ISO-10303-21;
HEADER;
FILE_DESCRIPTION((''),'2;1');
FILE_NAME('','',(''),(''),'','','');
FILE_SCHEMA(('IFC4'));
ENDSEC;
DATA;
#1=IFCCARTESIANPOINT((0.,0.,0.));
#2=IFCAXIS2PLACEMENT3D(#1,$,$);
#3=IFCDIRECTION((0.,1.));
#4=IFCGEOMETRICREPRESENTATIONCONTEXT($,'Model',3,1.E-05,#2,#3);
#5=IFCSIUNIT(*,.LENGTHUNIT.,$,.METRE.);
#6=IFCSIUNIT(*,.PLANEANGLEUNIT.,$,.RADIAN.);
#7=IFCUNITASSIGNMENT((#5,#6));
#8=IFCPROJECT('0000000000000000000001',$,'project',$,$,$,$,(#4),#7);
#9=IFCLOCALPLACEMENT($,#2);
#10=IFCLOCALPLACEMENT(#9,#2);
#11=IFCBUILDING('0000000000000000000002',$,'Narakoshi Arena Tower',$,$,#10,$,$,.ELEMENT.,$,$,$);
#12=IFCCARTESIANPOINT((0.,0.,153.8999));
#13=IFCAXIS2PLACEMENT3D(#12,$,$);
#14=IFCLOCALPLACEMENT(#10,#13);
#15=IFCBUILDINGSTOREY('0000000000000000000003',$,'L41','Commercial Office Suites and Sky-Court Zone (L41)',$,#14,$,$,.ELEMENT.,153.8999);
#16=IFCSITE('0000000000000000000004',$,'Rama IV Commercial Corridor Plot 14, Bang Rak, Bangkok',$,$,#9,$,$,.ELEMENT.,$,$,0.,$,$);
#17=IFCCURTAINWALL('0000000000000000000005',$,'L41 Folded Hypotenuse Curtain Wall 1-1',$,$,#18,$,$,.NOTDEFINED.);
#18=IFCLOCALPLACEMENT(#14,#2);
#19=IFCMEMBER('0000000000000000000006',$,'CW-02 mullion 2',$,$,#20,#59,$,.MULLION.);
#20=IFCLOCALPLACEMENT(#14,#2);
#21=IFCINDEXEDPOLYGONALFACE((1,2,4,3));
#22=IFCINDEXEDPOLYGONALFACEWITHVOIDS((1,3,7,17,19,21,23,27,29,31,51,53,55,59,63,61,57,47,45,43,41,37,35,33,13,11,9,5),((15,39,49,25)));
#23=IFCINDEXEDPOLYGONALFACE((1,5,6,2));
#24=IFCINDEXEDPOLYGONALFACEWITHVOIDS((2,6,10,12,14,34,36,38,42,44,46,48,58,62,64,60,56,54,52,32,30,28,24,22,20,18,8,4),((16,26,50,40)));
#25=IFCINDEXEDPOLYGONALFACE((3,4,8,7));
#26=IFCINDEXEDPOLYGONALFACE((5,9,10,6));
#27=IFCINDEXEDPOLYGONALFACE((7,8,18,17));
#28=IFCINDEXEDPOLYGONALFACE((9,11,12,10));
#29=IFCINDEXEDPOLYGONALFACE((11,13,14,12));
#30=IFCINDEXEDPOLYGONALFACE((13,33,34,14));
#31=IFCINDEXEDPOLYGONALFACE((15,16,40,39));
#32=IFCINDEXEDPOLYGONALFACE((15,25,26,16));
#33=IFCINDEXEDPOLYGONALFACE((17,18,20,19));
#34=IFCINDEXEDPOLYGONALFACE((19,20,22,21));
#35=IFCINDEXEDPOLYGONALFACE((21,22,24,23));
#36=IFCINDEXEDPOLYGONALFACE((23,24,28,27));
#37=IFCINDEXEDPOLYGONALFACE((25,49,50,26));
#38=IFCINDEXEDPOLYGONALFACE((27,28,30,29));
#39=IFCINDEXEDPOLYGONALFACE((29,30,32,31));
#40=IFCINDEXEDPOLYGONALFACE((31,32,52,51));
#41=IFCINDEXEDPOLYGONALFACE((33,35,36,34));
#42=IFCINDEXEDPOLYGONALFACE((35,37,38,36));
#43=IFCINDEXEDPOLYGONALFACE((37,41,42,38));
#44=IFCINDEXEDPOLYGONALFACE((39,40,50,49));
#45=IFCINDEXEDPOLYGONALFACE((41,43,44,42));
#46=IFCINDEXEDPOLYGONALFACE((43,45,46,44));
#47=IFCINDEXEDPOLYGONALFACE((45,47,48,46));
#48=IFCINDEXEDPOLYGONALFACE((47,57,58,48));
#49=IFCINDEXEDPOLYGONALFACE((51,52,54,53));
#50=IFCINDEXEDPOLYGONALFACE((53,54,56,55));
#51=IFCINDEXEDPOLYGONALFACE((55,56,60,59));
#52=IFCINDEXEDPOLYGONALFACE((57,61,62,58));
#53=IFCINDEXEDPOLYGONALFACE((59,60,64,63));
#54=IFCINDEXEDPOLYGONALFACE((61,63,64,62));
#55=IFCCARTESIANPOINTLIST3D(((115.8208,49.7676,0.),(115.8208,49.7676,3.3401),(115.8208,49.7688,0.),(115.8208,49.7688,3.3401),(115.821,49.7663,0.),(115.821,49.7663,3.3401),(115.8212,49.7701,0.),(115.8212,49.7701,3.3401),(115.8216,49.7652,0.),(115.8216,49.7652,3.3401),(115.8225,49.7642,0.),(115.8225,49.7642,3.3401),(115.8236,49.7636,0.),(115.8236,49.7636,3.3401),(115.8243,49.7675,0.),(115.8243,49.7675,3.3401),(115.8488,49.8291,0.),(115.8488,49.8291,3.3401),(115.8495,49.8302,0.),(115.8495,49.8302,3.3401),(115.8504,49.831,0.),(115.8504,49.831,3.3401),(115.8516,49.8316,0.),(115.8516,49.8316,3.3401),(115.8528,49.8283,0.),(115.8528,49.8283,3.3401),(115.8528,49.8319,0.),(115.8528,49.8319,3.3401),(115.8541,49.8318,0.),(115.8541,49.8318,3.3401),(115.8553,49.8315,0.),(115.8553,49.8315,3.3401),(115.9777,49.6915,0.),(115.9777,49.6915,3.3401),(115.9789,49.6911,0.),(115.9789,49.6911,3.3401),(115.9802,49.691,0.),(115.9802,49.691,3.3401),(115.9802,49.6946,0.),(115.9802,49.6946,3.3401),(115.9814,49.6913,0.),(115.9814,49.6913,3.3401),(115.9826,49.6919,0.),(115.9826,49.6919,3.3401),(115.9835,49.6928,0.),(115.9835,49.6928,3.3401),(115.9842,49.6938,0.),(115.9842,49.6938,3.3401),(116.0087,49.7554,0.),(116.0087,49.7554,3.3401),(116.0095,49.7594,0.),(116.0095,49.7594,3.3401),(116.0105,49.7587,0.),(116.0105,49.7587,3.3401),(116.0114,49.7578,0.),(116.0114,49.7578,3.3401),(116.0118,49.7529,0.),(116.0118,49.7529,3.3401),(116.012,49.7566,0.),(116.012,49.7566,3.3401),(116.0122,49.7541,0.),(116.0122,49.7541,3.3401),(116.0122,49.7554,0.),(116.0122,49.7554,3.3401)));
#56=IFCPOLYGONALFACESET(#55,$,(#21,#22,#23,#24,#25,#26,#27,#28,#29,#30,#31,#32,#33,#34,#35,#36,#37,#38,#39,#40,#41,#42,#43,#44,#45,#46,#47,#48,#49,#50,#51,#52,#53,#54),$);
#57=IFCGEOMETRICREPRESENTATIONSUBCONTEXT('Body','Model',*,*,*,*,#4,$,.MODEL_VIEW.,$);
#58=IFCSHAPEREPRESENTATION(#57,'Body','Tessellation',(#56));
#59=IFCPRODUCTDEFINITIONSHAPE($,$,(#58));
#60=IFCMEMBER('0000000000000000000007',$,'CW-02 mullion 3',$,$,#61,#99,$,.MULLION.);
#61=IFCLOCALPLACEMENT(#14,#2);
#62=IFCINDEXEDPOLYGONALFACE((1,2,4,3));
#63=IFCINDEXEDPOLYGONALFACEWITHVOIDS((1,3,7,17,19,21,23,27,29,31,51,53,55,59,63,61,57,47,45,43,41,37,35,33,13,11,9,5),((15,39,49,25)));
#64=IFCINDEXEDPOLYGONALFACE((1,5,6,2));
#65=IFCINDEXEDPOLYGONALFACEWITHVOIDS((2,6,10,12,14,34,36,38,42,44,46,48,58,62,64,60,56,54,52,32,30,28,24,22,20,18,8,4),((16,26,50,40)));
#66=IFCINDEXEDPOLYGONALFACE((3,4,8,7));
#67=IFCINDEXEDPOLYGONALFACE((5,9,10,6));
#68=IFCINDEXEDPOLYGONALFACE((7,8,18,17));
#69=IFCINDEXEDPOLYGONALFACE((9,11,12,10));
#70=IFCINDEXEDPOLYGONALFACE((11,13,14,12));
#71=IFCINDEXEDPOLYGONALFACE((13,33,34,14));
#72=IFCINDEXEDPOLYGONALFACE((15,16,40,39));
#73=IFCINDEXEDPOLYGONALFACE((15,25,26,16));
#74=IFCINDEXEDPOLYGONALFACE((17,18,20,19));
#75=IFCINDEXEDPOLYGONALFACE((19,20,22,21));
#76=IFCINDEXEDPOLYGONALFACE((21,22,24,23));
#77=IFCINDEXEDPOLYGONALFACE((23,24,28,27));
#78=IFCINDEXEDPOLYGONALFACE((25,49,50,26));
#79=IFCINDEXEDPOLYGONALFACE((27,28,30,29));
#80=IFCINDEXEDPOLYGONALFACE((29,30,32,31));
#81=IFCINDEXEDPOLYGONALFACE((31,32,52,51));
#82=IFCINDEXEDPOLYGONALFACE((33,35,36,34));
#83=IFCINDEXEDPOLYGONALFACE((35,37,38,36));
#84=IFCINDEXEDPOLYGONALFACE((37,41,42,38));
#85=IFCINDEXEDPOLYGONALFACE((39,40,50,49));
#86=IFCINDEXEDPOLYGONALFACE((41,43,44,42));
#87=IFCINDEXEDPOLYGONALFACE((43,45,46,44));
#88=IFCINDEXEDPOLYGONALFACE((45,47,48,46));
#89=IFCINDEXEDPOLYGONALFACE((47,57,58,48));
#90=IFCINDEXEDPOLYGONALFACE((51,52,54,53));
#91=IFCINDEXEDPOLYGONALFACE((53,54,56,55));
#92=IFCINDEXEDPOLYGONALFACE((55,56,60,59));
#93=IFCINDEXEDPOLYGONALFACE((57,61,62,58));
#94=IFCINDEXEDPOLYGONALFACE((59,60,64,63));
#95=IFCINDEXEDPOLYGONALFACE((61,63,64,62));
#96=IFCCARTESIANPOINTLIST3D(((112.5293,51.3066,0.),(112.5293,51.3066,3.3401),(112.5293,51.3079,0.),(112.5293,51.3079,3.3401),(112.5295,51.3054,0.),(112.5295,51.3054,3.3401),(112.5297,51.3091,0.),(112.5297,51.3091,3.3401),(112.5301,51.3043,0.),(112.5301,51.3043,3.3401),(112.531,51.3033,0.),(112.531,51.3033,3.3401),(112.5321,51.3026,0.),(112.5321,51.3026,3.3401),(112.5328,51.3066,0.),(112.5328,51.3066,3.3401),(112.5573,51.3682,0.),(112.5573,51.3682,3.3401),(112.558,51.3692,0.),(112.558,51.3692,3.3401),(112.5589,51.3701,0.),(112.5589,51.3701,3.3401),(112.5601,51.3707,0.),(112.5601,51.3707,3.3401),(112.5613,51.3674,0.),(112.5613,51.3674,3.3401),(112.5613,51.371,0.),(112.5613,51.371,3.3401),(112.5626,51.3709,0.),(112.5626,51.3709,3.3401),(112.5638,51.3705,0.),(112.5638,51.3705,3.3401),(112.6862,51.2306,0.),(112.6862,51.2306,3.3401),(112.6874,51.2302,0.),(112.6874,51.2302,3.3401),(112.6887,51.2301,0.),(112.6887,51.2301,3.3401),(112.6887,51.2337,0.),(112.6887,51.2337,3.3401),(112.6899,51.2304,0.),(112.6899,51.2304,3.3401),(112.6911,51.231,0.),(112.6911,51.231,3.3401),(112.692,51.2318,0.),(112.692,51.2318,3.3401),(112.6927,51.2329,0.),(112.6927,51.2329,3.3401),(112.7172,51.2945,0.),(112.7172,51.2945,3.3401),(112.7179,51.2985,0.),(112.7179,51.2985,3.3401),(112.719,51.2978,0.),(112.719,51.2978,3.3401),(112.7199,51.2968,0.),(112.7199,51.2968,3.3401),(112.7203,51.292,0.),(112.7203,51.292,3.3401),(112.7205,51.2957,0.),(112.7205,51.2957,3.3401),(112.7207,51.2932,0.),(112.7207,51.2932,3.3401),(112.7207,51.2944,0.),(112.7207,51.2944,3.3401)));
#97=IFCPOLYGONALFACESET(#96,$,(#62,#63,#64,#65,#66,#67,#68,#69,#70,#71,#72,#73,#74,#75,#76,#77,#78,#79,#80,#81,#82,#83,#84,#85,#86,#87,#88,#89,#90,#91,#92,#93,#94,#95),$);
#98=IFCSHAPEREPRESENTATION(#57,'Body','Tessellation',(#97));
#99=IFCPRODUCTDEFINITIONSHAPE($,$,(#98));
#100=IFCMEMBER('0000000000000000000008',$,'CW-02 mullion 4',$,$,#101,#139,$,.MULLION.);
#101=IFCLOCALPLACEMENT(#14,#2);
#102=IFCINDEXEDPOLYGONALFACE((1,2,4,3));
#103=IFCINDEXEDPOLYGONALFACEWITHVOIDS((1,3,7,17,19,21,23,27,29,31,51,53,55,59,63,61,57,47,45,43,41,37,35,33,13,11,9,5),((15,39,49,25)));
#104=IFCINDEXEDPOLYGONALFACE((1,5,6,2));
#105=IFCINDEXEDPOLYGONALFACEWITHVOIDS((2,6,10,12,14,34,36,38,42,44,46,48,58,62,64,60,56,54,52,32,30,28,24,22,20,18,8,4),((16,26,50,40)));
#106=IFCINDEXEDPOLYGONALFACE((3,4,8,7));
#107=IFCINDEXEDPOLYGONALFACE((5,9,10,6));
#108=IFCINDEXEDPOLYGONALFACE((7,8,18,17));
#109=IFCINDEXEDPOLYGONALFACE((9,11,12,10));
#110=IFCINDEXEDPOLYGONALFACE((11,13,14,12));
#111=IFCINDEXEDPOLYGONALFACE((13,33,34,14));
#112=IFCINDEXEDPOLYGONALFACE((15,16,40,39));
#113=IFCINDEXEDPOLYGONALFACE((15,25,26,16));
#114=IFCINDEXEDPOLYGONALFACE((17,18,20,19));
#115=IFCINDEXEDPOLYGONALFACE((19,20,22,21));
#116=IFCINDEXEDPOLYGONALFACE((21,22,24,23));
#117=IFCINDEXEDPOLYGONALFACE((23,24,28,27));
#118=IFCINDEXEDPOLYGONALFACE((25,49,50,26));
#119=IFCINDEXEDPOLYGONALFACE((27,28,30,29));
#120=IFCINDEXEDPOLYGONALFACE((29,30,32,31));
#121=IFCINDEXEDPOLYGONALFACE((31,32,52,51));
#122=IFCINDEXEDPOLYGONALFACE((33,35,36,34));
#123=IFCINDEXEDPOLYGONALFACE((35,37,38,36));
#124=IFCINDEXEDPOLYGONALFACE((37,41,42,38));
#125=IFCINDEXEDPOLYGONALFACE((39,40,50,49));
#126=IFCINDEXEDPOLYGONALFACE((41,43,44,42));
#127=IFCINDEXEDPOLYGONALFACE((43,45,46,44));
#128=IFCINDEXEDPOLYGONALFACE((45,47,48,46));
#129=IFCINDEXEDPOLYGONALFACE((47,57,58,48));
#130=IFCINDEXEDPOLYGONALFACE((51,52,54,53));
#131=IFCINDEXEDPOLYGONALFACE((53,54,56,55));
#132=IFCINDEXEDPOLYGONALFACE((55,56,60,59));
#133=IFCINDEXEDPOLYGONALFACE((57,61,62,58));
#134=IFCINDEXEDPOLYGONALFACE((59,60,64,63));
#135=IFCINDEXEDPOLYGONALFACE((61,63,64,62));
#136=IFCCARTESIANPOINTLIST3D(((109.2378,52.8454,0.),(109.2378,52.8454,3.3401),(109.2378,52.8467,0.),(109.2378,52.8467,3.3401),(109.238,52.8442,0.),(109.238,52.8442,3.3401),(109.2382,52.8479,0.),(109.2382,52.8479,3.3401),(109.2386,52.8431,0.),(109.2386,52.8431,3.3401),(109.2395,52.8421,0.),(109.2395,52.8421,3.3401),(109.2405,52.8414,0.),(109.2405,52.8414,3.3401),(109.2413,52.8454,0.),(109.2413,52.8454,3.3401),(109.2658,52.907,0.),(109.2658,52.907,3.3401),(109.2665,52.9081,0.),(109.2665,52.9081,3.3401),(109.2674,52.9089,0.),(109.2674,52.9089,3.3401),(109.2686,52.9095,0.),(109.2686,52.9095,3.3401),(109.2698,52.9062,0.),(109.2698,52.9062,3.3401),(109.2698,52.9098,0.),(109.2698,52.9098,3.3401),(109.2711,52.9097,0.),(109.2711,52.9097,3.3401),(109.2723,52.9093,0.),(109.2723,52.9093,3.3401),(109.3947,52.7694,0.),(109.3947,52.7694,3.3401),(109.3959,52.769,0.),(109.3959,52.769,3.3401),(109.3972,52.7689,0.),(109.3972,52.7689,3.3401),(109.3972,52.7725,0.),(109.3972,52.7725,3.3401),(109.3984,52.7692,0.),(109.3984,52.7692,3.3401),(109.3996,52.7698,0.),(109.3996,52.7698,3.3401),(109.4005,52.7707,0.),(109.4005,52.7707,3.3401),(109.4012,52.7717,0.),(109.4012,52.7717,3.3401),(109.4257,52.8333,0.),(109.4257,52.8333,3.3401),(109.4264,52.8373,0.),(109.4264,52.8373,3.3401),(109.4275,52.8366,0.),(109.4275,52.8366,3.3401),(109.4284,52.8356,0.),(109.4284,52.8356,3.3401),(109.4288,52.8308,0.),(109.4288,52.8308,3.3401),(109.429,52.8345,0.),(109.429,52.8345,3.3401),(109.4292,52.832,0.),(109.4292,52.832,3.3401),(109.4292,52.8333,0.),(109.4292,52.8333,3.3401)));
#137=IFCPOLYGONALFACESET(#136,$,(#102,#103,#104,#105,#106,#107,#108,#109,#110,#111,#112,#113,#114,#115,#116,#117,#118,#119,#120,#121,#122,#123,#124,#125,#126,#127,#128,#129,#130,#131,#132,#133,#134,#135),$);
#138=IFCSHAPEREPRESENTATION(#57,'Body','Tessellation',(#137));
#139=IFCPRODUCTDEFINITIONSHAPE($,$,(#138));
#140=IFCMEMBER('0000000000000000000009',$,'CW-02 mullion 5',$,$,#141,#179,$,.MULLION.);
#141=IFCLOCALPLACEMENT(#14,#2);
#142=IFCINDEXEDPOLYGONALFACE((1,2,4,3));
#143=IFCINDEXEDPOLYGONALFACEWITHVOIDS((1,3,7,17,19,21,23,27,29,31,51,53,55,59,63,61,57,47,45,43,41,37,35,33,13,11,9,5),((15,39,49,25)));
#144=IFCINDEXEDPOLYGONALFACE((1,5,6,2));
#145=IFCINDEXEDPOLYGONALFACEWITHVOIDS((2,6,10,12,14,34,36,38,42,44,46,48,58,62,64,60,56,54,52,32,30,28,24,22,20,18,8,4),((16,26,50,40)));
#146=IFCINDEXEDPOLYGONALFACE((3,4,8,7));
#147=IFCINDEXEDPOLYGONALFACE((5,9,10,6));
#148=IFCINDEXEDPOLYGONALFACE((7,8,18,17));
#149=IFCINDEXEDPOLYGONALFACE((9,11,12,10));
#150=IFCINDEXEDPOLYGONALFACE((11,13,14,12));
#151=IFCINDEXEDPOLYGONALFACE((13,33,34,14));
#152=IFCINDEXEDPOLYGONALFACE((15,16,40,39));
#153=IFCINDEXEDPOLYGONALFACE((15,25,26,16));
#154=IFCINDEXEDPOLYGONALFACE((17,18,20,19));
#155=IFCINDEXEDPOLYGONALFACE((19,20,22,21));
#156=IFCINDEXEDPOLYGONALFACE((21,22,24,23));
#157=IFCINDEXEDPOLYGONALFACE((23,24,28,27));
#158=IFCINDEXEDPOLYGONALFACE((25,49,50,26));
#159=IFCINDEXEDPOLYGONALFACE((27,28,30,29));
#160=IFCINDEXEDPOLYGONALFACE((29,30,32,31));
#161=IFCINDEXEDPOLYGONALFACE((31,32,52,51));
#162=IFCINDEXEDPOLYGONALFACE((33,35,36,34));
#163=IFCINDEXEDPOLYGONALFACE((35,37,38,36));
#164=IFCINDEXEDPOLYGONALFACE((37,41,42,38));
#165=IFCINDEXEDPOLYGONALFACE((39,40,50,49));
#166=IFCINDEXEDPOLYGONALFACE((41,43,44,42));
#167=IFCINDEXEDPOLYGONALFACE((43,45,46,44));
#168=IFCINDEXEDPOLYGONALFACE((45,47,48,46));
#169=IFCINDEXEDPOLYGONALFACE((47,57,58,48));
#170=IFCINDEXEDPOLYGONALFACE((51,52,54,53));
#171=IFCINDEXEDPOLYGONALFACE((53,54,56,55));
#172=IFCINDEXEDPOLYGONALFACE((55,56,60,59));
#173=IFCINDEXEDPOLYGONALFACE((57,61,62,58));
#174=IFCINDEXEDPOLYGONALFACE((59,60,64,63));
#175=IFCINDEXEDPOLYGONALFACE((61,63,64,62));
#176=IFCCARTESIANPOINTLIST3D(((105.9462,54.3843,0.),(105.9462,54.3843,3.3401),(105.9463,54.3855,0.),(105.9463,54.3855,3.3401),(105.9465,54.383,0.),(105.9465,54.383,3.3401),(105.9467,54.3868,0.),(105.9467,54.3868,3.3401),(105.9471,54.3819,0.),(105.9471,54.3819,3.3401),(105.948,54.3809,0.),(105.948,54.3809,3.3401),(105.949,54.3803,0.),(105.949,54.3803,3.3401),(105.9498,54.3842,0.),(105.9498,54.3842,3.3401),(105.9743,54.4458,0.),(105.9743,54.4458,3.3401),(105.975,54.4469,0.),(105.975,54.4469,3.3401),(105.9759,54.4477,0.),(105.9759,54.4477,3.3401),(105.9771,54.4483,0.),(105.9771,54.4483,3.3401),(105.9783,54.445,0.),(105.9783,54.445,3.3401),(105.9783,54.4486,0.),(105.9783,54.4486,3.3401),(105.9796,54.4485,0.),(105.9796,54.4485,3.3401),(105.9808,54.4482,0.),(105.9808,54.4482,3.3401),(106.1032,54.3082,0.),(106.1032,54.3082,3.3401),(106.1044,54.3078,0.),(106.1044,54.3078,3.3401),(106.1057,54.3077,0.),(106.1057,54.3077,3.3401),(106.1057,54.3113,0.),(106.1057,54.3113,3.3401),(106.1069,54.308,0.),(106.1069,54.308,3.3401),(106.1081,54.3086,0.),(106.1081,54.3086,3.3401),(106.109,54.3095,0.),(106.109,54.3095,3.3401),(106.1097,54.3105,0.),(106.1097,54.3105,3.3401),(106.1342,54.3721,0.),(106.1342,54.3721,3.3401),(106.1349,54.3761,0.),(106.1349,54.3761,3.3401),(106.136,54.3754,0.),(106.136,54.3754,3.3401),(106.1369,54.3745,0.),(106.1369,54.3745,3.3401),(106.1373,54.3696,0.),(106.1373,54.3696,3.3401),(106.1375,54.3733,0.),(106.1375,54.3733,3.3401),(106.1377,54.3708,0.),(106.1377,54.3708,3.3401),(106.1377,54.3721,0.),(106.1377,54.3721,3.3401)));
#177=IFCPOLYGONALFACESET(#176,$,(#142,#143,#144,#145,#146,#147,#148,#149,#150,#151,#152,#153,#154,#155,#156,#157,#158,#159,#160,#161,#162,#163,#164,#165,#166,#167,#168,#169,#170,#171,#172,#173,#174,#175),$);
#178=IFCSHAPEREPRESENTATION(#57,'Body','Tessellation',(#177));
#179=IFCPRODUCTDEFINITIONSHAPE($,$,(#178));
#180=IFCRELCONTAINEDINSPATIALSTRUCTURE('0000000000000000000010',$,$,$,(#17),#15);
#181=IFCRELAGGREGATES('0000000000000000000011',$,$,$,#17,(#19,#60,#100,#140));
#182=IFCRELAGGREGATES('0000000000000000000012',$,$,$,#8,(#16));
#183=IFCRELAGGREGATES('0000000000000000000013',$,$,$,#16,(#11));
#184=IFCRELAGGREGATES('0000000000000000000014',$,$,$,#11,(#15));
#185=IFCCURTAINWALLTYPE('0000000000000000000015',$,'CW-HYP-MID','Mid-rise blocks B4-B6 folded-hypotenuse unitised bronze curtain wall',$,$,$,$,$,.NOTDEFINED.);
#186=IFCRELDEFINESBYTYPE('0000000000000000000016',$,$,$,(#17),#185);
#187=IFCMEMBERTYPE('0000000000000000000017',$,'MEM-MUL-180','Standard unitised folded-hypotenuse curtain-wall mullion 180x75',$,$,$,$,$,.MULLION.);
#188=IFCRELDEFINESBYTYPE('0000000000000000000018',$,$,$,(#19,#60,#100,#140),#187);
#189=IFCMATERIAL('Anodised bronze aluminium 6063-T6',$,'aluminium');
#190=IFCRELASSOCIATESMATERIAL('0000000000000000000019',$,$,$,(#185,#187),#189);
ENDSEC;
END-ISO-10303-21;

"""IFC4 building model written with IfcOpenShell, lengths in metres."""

from ifc_helpers import new_model, si_unit, direction, frame, origin, origin_2d, place, context, subcontext, project, spatial, hollow_rectangle, extrude, material, material_profile, profile_set, type_object, element, aggregate, save


model = new_model("IFC4")

# Units and contexts
model_context = context("Model", 3, precision=1e-05, world=origin(), true_north=direction((0.0, 1.0)))
body_context = subcontext(model_context, "Body", "Model", "MODEL_VIEW")
ifc_project = project(units=[si_unit("LENGTHUNIT", "METRE"), si_unit("PLANEANGLEUNIT", "RADIAN")], contexts=[model_context])

# Site, building, storey
site_placement = place(None, origin())
site = spatial("IfcSite", under=ifc_project, at=site_placement, Name="Rama IV Commercial Corridor Plot 14, Bang Rak, Bangkok", CompositionType="ELEMENT", RefElevation=0.0)
building_placement = place(site_placement, origin())
building = spatial("IfcBuilding", under=site, at=building_placement, Name="Narakoshi Arena Tower", CompositionType="ELEMENT")
storey_placement = place(building_placement, frame((0.0, 0.0, 153.8999)))
storey = spatial("IfcBuildingStorey", under=building, at=storey_placement, Name="L41", Description="Commercial Office Suites and Sky-Court Zone (L41)", CompositionType="ELEMENT", Elevation=153.8999)

# Curtain wall, members
ifc_material_1 = material(Name="Anodised bronze aluminium 6063-T6", Category="aluminium")
curtain_wall_type = type_object("IfcCurtainWallType", Name="CW-HYP-MID", Description="Mid-rise blocks B4-B6 folded-hypotenuse unitised bronze curtain wall", PredefinedType="NOTDEFINED", material=ifc_material_1)
curtain_wall_placement = place(storey_placement, origin())
curtain_wall = element("IfcCurtainWall", 1, at=curtain_wall_placement, inside=storey, type_object=curtain_wall_type, Name="L41 Folded Hypotenuse Curtain Wall 1-1", PredefinedType="NOTDEFINED")
ifc_material_profile_1 = material_profile(ifc_material_1, hollow_rectangle(XDim=0.075, YDim=0.1799, WallThickness=0.0039, OuterFilletRadius=0.0049, at=origin_2d()), Name="MUL180x75x4")
ifc_profile_set_1 = profile_set([ifc_material_profile_1], Name="Anodised bronze aluminium 6063-T6")
member_type_1 = type_object("IfcMemberType", Name="MEM-MUL-180", Description="Standard unitised folded-hypotenuse curtain-wall mullion 180x75", PredefinedType="MULLION", material=ifc_profile_set_1)
member_1_placement = place(storey_placement, frame((115.9165, 49.7615, 0.0), z_axis=(0.0, 0.0, 1.0), x_axis=(-0.423532, -0.905881, 0.0)))
member_1 = element("IfcMember", 2, at=member_1_placement, type_object=member_type_1, Name="CW-02 mullion 2", PredefinedType="MULLION", context=body_context, shape_type="SweptSolid", body=[
    extrude(hollow_rectangle(XDim=0.075, YDim=0.1799, WallThickness=0.0039, OuterFilletRadius=0.0049, at=origin_2d()), origin(), (0.0, 0.0, 1.0), 3.3401),
])
member_2_placement = place(storey_placement, frame((112.625, 51.3005, 0.0), z_axis=(0.0, 0.0, 1.0), x_axis=(-0.423532, -0.905881, 0.0)))
member_2 = element("IfcMember", 3, at=member_2_placement, type_object=member_type_1, Name="CW-02 mullion 3", PredefinedType="MULLION", context=body_context, shape_type="SweptSolid", body=[
    extrude(hollow_rectangle(XDim=0.075, YDim=0.1799, WallThickness=0.0039, OuterFilletRadius=0.0049, at=origin_2d()), origin(), (0.0, 0.0, 1.0), 3.3401),
])
member_3_placement = place(storey_placement, frame((109.3335, 52.8394, 0.0), z_axis=(0.0, 0.0, 1.0), x_axis=(-0.423532, -0.905881, 0.0)))
member_3 = element("IfcMember", 4, at=member_3_placement, type_object=member_type_1, Name="CW-02 mullion 4", PredefinedType="MULLION", context=body_context, shape_type="SweptSolid", body=[
    extrude(hollow_rectangle(XDim=0.075, YDim=0.1799, WallThickness=0.0039, OuterFilletRadius=0.0049, at=origin_2d()), origin(), (0.0, 0.0, 1.0), 3.3401),
])
member_4_placement = place(storey_placement, frame((106.042, 54.3782, 0.0), z_axis=(0.0, 0.0, 1.0), x_axis=(-0.423532, -0.905881, 0.0)))
member_4 = element("IfcMember", 5, at=member_4_placement, type_object=member_type_1, Name="CW-02 mullion 5", PredefinedType="MULLION", context=body_context, shape_type="SweptSolid", body=[
    extrude(hollow_rectangle(XDim=0.075, YDim=0.1799, WallThickness=0.0039, OuterFilletRadius=0.0049, at=origin_2d()), origin(), (0.0, 0.0, 1.0), 3.3401),
])
aggregate(curtain_wall, [member_1, member_2, member_3, member_4])

save(model, "model.ifc")
